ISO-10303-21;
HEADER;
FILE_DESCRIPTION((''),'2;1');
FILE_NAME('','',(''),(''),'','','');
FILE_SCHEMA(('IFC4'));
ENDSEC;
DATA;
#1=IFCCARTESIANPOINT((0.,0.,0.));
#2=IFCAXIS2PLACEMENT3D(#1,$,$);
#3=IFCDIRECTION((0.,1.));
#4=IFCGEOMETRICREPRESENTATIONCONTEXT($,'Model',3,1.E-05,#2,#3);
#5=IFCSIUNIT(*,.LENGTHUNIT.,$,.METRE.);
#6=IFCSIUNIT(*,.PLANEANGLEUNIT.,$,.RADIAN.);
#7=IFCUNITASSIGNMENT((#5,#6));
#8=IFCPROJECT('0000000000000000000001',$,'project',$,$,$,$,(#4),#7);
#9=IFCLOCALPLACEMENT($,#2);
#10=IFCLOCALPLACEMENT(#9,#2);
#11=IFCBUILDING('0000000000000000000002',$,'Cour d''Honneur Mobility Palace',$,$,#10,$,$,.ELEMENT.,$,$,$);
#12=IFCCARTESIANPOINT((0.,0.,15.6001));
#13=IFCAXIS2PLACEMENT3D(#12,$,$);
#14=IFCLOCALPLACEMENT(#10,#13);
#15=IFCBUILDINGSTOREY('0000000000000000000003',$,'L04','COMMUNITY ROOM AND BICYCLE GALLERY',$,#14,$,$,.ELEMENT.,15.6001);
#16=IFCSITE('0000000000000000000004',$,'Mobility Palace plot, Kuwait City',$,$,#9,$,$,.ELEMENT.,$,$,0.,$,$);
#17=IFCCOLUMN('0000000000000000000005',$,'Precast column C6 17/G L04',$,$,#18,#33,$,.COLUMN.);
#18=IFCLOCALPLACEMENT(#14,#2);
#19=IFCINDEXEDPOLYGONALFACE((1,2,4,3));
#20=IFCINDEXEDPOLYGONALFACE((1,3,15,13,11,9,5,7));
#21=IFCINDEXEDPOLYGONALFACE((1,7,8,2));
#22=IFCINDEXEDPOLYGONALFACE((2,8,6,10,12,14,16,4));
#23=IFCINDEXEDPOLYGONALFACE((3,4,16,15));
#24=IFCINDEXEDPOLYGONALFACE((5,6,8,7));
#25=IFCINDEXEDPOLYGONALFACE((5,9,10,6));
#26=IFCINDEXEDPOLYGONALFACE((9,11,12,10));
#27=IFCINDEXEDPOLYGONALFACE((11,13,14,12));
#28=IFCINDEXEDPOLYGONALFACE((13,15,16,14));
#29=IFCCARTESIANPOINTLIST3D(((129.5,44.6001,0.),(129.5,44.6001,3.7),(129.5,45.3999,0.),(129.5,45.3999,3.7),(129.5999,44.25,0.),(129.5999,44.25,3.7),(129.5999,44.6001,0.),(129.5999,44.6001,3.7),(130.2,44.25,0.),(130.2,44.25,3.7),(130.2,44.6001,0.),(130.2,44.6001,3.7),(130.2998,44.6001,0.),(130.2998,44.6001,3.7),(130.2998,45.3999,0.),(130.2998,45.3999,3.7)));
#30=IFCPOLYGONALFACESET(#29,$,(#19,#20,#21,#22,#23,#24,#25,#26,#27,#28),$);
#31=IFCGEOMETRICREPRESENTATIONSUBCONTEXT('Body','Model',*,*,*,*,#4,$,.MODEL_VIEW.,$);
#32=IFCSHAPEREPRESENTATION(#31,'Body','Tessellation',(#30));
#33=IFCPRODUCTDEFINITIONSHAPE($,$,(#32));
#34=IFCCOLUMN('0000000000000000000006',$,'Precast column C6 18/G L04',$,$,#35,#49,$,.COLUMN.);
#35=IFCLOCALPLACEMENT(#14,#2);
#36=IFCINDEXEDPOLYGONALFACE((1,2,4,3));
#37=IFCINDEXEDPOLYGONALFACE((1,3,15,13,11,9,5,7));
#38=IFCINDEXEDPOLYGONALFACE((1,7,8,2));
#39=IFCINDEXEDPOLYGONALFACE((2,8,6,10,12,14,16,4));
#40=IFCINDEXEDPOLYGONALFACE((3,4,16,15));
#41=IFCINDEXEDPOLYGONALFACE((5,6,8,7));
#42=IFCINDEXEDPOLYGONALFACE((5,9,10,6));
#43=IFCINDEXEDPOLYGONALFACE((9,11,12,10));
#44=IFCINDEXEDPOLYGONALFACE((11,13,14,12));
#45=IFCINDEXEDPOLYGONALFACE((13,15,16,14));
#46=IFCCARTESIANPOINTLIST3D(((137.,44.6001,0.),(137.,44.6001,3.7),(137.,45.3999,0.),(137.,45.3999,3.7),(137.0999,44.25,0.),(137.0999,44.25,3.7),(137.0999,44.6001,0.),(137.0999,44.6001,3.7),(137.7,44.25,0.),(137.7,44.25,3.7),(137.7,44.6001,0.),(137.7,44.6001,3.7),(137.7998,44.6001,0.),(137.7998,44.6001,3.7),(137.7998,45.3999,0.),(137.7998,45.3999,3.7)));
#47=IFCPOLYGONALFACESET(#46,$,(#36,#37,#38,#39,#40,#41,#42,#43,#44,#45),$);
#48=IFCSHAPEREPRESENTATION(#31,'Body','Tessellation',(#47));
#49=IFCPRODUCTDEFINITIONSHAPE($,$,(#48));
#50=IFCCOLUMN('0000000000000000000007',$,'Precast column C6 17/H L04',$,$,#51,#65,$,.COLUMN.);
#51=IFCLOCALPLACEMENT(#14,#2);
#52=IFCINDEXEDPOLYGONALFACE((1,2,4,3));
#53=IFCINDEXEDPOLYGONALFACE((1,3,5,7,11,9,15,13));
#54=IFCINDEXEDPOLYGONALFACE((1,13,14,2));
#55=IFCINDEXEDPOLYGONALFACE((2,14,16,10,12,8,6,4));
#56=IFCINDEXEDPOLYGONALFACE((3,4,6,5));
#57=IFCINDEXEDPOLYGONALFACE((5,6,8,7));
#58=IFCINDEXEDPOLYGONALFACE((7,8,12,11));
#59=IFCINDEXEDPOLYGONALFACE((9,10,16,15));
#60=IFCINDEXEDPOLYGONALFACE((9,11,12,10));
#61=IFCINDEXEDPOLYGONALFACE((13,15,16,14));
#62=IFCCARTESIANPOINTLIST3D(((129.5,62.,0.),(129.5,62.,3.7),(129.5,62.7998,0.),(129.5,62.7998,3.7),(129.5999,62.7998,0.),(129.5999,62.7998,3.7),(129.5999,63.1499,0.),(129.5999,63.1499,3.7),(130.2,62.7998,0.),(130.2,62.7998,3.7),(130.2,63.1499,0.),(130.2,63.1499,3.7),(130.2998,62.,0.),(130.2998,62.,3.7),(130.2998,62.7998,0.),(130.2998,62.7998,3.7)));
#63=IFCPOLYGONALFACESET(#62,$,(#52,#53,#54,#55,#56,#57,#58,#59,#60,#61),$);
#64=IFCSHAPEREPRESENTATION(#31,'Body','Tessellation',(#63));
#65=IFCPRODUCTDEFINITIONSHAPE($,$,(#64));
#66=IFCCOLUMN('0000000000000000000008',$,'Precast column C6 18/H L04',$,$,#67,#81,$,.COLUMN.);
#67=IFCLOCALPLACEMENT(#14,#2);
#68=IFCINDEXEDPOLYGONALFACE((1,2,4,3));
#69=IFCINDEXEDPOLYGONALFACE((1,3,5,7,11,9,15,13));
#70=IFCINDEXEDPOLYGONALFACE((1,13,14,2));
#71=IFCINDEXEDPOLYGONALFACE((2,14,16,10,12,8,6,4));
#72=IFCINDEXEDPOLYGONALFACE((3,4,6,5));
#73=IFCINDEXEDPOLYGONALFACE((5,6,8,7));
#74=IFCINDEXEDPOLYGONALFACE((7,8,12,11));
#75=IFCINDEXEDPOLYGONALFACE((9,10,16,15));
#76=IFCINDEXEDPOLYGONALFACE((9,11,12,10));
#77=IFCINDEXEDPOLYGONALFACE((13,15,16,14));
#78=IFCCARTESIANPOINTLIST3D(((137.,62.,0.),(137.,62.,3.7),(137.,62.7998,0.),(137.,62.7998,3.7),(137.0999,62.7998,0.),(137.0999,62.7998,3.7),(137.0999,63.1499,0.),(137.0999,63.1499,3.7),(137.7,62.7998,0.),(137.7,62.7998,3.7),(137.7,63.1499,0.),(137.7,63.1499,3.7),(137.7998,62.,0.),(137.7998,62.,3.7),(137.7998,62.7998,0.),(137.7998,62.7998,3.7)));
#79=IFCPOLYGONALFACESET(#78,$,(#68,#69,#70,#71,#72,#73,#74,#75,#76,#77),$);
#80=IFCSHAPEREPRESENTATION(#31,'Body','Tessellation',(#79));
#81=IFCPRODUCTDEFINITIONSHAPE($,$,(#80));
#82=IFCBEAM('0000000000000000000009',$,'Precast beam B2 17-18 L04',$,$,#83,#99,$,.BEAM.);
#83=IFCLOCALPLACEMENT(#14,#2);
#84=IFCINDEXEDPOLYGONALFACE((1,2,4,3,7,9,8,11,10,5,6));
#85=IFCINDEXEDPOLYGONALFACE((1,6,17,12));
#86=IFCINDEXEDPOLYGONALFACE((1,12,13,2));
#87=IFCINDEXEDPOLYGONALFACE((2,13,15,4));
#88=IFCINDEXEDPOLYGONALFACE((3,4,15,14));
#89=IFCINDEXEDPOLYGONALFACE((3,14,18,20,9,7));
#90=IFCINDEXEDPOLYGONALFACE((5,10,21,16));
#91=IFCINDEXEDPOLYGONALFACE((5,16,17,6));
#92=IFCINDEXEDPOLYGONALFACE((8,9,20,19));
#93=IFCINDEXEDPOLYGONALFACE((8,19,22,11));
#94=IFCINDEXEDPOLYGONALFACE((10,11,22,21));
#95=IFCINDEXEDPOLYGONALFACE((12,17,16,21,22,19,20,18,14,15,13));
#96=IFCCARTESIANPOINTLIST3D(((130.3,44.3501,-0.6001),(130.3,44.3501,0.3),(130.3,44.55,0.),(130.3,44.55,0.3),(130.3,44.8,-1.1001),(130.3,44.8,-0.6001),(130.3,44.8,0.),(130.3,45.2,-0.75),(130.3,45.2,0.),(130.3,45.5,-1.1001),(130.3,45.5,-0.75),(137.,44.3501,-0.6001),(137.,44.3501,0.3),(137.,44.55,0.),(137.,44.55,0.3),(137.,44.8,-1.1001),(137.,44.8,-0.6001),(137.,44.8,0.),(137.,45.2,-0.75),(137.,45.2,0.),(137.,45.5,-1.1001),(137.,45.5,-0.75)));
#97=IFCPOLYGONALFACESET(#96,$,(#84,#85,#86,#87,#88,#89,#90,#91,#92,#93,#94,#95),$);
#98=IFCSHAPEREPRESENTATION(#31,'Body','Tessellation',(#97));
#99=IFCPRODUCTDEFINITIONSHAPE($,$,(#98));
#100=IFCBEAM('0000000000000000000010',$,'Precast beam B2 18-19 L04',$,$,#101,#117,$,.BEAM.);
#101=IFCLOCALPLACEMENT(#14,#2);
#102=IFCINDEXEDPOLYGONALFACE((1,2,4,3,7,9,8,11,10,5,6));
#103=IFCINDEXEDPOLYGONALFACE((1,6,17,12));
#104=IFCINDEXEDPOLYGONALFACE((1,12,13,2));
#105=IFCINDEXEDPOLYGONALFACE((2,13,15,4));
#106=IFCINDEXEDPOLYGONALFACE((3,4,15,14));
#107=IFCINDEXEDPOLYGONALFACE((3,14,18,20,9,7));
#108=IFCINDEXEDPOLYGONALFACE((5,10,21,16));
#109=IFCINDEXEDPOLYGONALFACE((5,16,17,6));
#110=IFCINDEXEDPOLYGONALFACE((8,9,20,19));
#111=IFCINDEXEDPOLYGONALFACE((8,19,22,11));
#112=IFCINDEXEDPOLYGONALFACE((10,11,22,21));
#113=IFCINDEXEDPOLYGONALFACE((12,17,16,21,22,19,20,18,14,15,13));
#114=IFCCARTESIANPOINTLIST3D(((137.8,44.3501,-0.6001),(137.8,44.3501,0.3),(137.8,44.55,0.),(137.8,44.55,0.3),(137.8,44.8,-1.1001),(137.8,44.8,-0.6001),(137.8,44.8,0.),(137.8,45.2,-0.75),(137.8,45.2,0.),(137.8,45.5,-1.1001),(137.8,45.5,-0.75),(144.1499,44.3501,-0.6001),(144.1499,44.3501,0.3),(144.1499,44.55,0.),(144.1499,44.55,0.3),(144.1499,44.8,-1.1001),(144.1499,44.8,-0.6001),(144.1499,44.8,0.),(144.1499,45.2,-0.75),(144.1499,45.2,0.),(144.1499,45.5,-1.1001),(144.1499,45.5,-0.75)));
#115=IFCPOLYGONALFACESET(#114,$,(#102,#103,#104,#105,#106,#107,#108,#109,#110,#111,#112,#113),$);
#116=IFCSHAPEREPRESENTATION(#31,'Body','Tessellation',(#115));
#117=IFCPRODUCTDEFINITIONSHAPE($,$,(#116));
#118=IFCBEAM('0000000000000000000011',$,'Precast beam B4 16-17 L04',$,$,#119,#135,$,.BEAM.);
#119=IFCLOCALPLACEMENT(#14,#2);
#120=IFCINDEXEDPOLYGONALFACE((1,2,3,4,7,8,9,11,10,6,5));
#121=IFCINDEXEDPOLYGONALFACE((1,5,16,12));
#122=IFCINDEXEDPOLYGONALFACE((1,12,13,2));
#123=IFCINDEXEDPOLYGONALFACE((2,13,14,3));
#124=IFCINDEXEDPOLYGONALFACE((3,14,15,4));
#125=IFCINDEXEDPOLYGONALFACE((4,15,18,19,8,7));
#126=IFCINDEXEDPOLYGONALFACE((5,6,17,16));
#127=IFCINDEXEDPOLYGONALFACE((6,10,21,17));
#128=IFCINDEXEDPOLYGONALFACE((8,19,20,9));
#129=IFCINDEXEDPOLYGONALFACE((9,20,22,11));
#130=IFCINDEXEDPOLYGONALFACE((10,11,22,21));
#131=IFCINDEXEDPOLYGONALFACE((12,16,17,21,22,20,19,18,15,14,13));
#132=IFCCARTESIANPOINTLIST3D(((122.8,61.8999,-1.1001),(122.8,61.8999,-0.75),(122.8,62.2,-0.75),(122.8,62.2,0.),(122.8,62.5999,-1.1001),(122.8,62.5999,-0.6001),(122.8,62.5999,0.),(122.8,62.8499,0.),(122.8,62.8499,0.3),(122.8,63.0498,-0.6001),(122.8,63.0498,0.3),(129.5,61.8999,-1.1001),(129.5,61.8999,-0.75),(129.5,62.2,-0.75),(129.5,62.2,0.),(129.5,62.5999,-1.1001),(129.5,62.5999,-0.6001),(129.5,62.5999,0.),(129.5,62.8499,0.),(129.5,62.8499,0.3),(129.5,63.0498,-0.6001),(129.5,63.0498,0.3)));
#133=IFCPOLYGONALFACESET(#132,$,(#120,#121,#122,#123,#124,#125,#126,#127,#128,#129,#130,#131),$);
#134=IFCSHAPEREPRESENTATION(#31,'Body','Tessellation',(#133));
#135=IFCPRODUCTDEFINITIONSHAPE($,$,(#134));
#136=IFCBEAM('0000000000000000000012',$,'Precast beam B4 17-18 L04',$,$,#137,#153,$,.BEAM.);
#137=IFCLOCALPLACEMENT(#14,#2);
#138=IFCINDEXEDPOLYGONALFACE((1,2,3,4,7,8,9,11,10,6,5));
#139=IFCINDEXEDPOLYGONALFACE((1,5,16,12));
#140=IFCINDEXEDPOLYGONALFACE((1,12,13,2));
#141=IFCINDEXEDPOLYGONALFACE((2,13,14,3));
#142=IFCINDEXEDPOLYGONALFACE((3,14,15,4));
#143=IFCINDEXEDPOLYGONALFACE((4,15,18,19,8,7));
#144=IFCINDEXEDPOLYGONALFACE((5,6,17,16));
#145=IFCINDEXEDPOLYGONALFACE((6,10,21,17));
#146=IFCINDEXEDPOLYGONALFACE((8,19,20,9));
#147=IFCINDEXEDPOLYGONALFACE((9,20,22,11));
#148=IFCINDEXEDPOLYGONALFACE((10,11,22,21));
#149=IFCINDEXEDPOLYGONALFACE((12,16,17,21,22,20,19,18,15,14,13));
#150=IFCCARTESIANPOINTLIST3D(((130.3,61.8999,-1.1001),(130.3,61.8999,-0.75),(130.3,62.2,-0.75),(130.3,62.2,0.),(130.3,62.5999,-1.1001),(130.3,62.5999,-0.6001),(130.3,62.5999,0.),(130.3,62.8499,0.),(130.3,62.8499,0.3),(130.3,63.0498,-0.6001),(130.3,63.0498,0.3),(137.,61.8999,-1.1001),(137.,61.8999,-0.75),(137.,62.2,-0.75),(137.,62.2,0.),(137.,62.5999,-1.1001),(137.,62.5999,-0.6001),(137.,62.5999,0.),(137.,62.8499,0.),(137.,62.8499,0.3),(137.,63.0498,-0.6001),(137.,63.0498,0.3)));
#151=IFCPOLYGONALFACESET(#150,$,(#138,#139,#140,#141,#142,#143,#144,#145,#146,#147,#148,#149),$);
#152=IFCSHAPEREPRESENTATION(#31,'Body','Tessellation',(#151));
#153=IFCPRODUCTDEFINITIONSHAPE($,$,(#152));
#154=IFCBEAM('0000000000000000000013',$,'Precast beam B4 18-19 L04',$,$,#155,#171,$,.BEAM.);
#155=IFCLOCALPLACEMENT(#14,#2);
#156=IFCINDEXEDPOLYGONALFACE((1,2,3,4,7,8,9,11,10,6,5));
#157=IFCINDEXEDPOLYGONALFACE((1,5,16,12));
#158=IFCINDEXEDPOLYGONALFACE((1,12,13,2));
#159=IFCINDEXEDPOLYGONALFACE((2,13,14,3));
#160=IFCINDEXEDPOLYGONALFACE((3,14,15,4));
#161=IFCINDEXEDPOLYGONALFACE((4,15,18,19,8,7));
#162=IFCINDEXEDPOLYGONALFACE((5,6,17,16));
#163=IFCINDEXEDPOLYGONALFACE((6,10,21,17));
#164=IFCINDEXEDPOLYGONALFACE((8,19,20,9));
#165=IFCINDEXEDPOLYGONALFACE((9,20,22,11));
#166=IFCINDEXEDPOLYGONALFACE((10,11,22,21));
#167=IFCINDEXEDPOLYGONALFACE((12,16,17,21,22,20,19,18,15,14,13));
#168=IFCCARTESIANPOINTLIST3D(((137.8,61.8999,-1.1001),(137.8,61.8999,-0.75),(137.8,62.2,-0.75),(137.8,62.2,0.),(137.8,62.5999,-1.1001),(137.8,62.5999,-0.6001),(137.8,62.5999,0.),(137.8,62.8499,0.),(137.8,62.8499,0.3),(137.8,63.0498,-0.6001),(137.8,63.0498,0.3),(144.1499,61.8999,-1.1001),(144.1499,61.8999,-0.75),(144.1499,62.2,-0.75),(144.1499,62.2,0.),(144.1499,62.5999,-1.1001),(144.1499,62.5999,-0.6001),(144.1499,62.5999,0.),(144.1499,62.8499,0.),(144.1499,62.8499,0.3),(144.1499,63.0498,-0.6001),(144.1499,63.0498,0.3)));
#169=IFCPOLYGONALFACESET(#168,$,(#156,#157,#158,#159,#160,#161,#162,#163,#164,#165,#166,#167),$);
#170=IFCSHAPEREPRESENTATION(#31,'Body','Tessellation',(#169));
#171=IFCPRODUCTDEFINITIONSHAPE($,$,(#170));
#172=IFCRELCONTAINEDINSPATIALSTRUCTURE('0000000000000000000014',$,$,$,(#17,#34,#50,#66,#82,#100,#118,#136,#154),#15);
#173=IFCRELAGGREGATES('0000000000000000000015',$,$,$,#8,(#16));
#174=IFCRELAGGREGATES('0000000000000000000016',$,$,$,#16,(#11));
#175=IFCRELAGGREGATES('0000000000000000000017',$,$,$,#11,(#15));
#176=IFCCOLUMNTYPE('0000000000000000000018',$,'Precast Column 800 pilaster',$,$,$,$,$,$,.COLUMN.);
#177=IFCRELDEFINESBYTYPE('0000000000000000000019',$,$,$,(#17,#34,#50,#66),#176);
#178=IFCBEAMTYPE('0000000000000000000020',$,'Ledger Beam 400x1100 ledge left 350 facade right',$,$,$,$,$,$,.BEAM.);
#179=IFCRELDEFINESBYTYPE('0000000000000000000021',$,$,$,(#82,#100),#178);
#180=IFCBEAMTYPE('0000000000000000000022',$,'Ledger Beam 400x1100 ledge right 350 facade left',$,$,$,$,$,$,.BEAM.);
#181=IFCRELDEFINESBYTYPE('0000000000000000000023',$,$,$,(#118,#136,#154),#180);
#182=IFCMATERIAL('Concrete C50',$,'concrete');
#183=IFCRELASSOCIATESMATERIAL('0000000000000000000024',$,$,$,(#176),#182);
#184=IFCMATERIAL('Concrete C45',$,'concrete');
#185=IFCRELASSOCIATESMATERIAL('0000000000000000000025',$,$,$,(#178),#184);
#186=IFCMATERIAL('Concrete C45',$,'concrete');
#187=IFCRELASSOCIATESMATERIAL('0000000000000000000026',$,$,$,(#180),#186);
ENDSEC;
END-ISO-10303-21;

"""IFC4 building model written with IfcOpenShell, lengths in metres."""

from ifc_helpers import new_model, si_unit, direction, frame, origin, place, context, subcontext, project, spatial, polyline, outline, extrude, material, material_profile, profile_set, type_object, element, save


model = new_model("IFC4")

# Units and contexts
model_context = context("Model", 3, precision=1e-05, world=origin(), true_north=direction((0.0, 1.0)))
body_context = subcontext(model_context, "Body", "Model", "MODEL_VIEW")
ifc_project = project(units=[si_unit("LENGTHUNIT", "METRE"), si_unit("PLANEANGLEUNIT", "RADIAN")], contexts=[model_context])

# Site, building, storey
site_placement = place(None, origin())
site = spatial("IfcSite", under=ifc_project, at=site_placement, Name="Mobility Palace plot, Kuwait City", CompositionType="ELEMENT", RefElevation=0.0)
building_placement = place(site_placement, origin())
building = spatial("IfcBuilding", under=site, at=building_placement, Name="Cour d'Honneur Mobility Palace", CompositionType="ELEMENT")
storey_placement = place(building_placement, frame((0.0, 0.0, 15.6001)))
storey = spatial("IfcBuildingStorey", under=building, at=storey_placement, Name="L04", Description="COMMUNITY ROOM AND BICYCLE GALLERY", CompositionType="ELEMENT", Elevation=15.6001)

# Columns
ifc_material_1 = material(Name="Concrete C50", Category="concrete")
ifc_material_profile_1 = material_profile(ifc_material_1, outline(polyline([(-0.3999, -0.3999), (0.3999, -0.3999), (0.3999, -0.3), (0.75, -0.3), (0.75, 0.3), (0.3999, 0.3), (0.3999, 0.3999), (-0.3999, 0.3999), (-0.3999, -0.3999)])), Name="PC C800 pilaster")
ifc_profile_set_1 = profile_set([ifc_material_profile_1], Name="Concrete C50")
column_type = type_object("IfcColumnType", Name="Precast Column 800 pilaster", PredefinedType="COLUMN", material=ifc_profile_set_1)
for number, where, z_axis, x_axis, name in (
    (1, (129.8999, 45.0, 0.0), (0.0, 0.0, 1.0), (0.0, -1.0, 0.0), "Precast column C6 17/G L04"),
    (2, (137.3999, 45.0, 0.0), (0.0, 0.0, 1.0), (0.0, -1.0, 0.0), "Precast column C6 18/G L04"),
    (3, (129.8999, 62.3999, 0.0), (0.0, 0.0, 1.0), (0.0, 1.0, 0.0), "Precast column C6 17/H L04"),
    (4, (137.3999, 62.3999, 0.0), (0.0, 0.0, 1.0), (0.0, 1.0, 0.0), "Precast column C6 18/H L04"),
):
    element("IfcColumn", number, at=place(storey_placement, frame(where, z_axis=z_axis, x_axis=x_axis)), inside=storey, type_object=column_type, Name=name, PredefinedType="COLUMN", context=body_context, shape_type="SweptSolid", body=[
        extrude(outline(polyline([(-0.3999, -0.3999), (0.3999, -0.3999), (0.3999, -0.3), (0.75, -0.3), (0.75, 0.3), (0.3999, 0.3), (0.3999, 0.3999), (-0.3999, 0.3999), (-0.3999, -0.3999)])), origin(), (0.0, 0.0, 1.0), 3.7),
    ])

# Beams
ifc_material_2 = material(Name="Concrete C45", Category="concrete")
ifc_material_profile_2 = material_profile(ifc_material_2, outline(polyline([(0.5, -1.1001), (0.5, -0.75), (0.2, -0.75), (0.2, 0.0), (-0.2, 0.0), (-0.45, 0.0), (-0.45, 0.3), (-0.6499, 0.3), (-0.6499, -0.6001), (-0.2, -0.6001), (-0.2, -1.1001), (0.5, -1.1001)])), Name="Ledger Beam 400x1100 ledge left 350 facade right")
ifc_profile_set_2 = profile_set([ifc_material_profile_2], Name="Concrete C45")
beam_type_1 = type_object("IfcBeamType", Name="Ledger Beam 400x1100 ledge left 350 facade right", PredefinedType="BEAM", material=ifc_profile_set_2)
beam_1_placement = place(storey_placement, frame((130.3, 45.0, 0.0), z_axis=(1.0, 0.0, 0.0), x_axis=(0.0, 1.0, 0.0)))
element("IfcBeam", 5, at=beam_1_placement, inside=storey, type_object=beam_type_1, Name="Precast beam B2 17-18 L04", PredefinedType="BEAM", context=body_context, shape_type="SweptSolid", body=[
    extrude(outline(polyline([(0.5, -1.1001), (0.5, -0.75), (0.2, -0.75), (0.2, 0.0), (-0.2, 0.0), (-0.45, 0.0), (-0.45, 0.3), (-0.6499, 0.3), (-0.6499, -0.6001), (-0.2, -0.6001), (-0.2, -1.1001), (0.5, -1.1001)])), origin(), (0.0, 0.0, 1.0), 6.7),
])
beam_2_placement = place(storey_placement, frame((137.8, 45.0, 0.0), z_axis=(1.0, 0.0, 0.0), x_axis=(0.0, 1.0, 0.0)))
element("IfcBeam", 6, at=beam_2_placement, inside=storey, type_object=beam_type_1, Name="Precast beam B2 18-19 L04", PredefinedType="BEAM", context=body_context, shape_type="SweptSolid", body=[
    extrude(outline(polyline([(0.5, -1.1001), (0.5, -0.75), (0.2, -0.75), (0.2, 0.0), (-0.2, 0.0), (-0.45, 0.0), (-0.45, 0.3), (-0.6499, 0.3), (-0.6499, -0.6001), (-0.2, -0.6001), (-0.2, -1.1001), (0.5, -1.1001)])), origin(), (0.0, 0.0, 1.0), 6.3499),
])
ifc_material_3 = material(Name="Concrete C45", Category="concrete")
ifc_material_profile_3 = material_profile(ifc_material_3, outline(polyline([(0.2, -1.1001), (0.2, -0.6001), (0.6499, -0.6001), (0.6499, 0.3), (0.45, 0.3), (0.45, 0.0), (0.2, 0.0), (-0.2, 0.0), (-0.2, -0.75), (-0.5, -0.75), (-0.5, -1.1001), (0.2, -1.1001)])), Name="Ledger Beam 400x1100 ledge right 350 facade left")
ifc_profile_set_3 = profile_set([ifc_material_profile_3], Name="Concrete C45")
beam_type_2 = type_object("IfcBeamType", Name="Ledger Beam 400x1100 ledge right 350 facade left", PredefinedType="BEAM", material=ifc_profile_set_3)
for number, where, z_axis, x_axis, name in (
    (7, (122.8, 62.3999, 0.0), (1.0, 0.0, 0.0), (0.0, 1.0, 0.0), "Precast beam B4 16-17 L04"),
    (8, (130.3, 62.3999, 0.0), (1.0, 0.0, 0.0), (0.0, 1.0, 0.0), "Precast beam B4 17-18 L04"),
):
    element("IfcBeam", number, at=place(storey_placement, frame(where, z_axis=z_axis, x_axis=x_axis)), inside=storey, type_object=beam_type_2, Name=name, PredefinedType="BEAM", context=body_context, shape_type="SweptSolid", body=[
        extrude(outline(polyline([(0.2, -1.1001), (0.2, -0.6001), (0.6499, -0.6001), (0.6499, 0.3), (0.45, 0.3), (0.45, 0.0), (0.2, 0.0), (-0.2, 0.0), (-0.2, -0.75), (-0.5, -0.75), (-0.5, -1.1001), (0.2, -1.1001)])), origin(), (0.0, 0.0, 1.0), 6.7),
    ])
beam_3_placement = place(storey_placement, frame((137.8, 62.3999, 0.0), z_axis=(1.0, 0.0, 0.0), x_axis=(0.0, 1.0, 0.0)))
element("IfcBeam", 9, at=beam_3_placement, inside=storey, type_object=beam_type_2, Name="Precast beam B4 18-19 L04", PredefinedType="BEAM", context=body_context, shape_type="SweptSolid", body=[
    extrude(outline(polyline([(0.2, -1.1001), (0.2, -0.6001), (0.6499, -0.6001), (0.6499, 0.3), (0.45, 0.3), (0.45, 0.0), (0.2, 0.0), (-0.2, 0.0), (-0.2, -0.75), (-0.5, -0.75), (-0.5, -1.1001), (0.2, -1.1001)])), origin(), (0.0, 0.0, 1.0), 6.3499),
])

save(model, "model.ifc")
